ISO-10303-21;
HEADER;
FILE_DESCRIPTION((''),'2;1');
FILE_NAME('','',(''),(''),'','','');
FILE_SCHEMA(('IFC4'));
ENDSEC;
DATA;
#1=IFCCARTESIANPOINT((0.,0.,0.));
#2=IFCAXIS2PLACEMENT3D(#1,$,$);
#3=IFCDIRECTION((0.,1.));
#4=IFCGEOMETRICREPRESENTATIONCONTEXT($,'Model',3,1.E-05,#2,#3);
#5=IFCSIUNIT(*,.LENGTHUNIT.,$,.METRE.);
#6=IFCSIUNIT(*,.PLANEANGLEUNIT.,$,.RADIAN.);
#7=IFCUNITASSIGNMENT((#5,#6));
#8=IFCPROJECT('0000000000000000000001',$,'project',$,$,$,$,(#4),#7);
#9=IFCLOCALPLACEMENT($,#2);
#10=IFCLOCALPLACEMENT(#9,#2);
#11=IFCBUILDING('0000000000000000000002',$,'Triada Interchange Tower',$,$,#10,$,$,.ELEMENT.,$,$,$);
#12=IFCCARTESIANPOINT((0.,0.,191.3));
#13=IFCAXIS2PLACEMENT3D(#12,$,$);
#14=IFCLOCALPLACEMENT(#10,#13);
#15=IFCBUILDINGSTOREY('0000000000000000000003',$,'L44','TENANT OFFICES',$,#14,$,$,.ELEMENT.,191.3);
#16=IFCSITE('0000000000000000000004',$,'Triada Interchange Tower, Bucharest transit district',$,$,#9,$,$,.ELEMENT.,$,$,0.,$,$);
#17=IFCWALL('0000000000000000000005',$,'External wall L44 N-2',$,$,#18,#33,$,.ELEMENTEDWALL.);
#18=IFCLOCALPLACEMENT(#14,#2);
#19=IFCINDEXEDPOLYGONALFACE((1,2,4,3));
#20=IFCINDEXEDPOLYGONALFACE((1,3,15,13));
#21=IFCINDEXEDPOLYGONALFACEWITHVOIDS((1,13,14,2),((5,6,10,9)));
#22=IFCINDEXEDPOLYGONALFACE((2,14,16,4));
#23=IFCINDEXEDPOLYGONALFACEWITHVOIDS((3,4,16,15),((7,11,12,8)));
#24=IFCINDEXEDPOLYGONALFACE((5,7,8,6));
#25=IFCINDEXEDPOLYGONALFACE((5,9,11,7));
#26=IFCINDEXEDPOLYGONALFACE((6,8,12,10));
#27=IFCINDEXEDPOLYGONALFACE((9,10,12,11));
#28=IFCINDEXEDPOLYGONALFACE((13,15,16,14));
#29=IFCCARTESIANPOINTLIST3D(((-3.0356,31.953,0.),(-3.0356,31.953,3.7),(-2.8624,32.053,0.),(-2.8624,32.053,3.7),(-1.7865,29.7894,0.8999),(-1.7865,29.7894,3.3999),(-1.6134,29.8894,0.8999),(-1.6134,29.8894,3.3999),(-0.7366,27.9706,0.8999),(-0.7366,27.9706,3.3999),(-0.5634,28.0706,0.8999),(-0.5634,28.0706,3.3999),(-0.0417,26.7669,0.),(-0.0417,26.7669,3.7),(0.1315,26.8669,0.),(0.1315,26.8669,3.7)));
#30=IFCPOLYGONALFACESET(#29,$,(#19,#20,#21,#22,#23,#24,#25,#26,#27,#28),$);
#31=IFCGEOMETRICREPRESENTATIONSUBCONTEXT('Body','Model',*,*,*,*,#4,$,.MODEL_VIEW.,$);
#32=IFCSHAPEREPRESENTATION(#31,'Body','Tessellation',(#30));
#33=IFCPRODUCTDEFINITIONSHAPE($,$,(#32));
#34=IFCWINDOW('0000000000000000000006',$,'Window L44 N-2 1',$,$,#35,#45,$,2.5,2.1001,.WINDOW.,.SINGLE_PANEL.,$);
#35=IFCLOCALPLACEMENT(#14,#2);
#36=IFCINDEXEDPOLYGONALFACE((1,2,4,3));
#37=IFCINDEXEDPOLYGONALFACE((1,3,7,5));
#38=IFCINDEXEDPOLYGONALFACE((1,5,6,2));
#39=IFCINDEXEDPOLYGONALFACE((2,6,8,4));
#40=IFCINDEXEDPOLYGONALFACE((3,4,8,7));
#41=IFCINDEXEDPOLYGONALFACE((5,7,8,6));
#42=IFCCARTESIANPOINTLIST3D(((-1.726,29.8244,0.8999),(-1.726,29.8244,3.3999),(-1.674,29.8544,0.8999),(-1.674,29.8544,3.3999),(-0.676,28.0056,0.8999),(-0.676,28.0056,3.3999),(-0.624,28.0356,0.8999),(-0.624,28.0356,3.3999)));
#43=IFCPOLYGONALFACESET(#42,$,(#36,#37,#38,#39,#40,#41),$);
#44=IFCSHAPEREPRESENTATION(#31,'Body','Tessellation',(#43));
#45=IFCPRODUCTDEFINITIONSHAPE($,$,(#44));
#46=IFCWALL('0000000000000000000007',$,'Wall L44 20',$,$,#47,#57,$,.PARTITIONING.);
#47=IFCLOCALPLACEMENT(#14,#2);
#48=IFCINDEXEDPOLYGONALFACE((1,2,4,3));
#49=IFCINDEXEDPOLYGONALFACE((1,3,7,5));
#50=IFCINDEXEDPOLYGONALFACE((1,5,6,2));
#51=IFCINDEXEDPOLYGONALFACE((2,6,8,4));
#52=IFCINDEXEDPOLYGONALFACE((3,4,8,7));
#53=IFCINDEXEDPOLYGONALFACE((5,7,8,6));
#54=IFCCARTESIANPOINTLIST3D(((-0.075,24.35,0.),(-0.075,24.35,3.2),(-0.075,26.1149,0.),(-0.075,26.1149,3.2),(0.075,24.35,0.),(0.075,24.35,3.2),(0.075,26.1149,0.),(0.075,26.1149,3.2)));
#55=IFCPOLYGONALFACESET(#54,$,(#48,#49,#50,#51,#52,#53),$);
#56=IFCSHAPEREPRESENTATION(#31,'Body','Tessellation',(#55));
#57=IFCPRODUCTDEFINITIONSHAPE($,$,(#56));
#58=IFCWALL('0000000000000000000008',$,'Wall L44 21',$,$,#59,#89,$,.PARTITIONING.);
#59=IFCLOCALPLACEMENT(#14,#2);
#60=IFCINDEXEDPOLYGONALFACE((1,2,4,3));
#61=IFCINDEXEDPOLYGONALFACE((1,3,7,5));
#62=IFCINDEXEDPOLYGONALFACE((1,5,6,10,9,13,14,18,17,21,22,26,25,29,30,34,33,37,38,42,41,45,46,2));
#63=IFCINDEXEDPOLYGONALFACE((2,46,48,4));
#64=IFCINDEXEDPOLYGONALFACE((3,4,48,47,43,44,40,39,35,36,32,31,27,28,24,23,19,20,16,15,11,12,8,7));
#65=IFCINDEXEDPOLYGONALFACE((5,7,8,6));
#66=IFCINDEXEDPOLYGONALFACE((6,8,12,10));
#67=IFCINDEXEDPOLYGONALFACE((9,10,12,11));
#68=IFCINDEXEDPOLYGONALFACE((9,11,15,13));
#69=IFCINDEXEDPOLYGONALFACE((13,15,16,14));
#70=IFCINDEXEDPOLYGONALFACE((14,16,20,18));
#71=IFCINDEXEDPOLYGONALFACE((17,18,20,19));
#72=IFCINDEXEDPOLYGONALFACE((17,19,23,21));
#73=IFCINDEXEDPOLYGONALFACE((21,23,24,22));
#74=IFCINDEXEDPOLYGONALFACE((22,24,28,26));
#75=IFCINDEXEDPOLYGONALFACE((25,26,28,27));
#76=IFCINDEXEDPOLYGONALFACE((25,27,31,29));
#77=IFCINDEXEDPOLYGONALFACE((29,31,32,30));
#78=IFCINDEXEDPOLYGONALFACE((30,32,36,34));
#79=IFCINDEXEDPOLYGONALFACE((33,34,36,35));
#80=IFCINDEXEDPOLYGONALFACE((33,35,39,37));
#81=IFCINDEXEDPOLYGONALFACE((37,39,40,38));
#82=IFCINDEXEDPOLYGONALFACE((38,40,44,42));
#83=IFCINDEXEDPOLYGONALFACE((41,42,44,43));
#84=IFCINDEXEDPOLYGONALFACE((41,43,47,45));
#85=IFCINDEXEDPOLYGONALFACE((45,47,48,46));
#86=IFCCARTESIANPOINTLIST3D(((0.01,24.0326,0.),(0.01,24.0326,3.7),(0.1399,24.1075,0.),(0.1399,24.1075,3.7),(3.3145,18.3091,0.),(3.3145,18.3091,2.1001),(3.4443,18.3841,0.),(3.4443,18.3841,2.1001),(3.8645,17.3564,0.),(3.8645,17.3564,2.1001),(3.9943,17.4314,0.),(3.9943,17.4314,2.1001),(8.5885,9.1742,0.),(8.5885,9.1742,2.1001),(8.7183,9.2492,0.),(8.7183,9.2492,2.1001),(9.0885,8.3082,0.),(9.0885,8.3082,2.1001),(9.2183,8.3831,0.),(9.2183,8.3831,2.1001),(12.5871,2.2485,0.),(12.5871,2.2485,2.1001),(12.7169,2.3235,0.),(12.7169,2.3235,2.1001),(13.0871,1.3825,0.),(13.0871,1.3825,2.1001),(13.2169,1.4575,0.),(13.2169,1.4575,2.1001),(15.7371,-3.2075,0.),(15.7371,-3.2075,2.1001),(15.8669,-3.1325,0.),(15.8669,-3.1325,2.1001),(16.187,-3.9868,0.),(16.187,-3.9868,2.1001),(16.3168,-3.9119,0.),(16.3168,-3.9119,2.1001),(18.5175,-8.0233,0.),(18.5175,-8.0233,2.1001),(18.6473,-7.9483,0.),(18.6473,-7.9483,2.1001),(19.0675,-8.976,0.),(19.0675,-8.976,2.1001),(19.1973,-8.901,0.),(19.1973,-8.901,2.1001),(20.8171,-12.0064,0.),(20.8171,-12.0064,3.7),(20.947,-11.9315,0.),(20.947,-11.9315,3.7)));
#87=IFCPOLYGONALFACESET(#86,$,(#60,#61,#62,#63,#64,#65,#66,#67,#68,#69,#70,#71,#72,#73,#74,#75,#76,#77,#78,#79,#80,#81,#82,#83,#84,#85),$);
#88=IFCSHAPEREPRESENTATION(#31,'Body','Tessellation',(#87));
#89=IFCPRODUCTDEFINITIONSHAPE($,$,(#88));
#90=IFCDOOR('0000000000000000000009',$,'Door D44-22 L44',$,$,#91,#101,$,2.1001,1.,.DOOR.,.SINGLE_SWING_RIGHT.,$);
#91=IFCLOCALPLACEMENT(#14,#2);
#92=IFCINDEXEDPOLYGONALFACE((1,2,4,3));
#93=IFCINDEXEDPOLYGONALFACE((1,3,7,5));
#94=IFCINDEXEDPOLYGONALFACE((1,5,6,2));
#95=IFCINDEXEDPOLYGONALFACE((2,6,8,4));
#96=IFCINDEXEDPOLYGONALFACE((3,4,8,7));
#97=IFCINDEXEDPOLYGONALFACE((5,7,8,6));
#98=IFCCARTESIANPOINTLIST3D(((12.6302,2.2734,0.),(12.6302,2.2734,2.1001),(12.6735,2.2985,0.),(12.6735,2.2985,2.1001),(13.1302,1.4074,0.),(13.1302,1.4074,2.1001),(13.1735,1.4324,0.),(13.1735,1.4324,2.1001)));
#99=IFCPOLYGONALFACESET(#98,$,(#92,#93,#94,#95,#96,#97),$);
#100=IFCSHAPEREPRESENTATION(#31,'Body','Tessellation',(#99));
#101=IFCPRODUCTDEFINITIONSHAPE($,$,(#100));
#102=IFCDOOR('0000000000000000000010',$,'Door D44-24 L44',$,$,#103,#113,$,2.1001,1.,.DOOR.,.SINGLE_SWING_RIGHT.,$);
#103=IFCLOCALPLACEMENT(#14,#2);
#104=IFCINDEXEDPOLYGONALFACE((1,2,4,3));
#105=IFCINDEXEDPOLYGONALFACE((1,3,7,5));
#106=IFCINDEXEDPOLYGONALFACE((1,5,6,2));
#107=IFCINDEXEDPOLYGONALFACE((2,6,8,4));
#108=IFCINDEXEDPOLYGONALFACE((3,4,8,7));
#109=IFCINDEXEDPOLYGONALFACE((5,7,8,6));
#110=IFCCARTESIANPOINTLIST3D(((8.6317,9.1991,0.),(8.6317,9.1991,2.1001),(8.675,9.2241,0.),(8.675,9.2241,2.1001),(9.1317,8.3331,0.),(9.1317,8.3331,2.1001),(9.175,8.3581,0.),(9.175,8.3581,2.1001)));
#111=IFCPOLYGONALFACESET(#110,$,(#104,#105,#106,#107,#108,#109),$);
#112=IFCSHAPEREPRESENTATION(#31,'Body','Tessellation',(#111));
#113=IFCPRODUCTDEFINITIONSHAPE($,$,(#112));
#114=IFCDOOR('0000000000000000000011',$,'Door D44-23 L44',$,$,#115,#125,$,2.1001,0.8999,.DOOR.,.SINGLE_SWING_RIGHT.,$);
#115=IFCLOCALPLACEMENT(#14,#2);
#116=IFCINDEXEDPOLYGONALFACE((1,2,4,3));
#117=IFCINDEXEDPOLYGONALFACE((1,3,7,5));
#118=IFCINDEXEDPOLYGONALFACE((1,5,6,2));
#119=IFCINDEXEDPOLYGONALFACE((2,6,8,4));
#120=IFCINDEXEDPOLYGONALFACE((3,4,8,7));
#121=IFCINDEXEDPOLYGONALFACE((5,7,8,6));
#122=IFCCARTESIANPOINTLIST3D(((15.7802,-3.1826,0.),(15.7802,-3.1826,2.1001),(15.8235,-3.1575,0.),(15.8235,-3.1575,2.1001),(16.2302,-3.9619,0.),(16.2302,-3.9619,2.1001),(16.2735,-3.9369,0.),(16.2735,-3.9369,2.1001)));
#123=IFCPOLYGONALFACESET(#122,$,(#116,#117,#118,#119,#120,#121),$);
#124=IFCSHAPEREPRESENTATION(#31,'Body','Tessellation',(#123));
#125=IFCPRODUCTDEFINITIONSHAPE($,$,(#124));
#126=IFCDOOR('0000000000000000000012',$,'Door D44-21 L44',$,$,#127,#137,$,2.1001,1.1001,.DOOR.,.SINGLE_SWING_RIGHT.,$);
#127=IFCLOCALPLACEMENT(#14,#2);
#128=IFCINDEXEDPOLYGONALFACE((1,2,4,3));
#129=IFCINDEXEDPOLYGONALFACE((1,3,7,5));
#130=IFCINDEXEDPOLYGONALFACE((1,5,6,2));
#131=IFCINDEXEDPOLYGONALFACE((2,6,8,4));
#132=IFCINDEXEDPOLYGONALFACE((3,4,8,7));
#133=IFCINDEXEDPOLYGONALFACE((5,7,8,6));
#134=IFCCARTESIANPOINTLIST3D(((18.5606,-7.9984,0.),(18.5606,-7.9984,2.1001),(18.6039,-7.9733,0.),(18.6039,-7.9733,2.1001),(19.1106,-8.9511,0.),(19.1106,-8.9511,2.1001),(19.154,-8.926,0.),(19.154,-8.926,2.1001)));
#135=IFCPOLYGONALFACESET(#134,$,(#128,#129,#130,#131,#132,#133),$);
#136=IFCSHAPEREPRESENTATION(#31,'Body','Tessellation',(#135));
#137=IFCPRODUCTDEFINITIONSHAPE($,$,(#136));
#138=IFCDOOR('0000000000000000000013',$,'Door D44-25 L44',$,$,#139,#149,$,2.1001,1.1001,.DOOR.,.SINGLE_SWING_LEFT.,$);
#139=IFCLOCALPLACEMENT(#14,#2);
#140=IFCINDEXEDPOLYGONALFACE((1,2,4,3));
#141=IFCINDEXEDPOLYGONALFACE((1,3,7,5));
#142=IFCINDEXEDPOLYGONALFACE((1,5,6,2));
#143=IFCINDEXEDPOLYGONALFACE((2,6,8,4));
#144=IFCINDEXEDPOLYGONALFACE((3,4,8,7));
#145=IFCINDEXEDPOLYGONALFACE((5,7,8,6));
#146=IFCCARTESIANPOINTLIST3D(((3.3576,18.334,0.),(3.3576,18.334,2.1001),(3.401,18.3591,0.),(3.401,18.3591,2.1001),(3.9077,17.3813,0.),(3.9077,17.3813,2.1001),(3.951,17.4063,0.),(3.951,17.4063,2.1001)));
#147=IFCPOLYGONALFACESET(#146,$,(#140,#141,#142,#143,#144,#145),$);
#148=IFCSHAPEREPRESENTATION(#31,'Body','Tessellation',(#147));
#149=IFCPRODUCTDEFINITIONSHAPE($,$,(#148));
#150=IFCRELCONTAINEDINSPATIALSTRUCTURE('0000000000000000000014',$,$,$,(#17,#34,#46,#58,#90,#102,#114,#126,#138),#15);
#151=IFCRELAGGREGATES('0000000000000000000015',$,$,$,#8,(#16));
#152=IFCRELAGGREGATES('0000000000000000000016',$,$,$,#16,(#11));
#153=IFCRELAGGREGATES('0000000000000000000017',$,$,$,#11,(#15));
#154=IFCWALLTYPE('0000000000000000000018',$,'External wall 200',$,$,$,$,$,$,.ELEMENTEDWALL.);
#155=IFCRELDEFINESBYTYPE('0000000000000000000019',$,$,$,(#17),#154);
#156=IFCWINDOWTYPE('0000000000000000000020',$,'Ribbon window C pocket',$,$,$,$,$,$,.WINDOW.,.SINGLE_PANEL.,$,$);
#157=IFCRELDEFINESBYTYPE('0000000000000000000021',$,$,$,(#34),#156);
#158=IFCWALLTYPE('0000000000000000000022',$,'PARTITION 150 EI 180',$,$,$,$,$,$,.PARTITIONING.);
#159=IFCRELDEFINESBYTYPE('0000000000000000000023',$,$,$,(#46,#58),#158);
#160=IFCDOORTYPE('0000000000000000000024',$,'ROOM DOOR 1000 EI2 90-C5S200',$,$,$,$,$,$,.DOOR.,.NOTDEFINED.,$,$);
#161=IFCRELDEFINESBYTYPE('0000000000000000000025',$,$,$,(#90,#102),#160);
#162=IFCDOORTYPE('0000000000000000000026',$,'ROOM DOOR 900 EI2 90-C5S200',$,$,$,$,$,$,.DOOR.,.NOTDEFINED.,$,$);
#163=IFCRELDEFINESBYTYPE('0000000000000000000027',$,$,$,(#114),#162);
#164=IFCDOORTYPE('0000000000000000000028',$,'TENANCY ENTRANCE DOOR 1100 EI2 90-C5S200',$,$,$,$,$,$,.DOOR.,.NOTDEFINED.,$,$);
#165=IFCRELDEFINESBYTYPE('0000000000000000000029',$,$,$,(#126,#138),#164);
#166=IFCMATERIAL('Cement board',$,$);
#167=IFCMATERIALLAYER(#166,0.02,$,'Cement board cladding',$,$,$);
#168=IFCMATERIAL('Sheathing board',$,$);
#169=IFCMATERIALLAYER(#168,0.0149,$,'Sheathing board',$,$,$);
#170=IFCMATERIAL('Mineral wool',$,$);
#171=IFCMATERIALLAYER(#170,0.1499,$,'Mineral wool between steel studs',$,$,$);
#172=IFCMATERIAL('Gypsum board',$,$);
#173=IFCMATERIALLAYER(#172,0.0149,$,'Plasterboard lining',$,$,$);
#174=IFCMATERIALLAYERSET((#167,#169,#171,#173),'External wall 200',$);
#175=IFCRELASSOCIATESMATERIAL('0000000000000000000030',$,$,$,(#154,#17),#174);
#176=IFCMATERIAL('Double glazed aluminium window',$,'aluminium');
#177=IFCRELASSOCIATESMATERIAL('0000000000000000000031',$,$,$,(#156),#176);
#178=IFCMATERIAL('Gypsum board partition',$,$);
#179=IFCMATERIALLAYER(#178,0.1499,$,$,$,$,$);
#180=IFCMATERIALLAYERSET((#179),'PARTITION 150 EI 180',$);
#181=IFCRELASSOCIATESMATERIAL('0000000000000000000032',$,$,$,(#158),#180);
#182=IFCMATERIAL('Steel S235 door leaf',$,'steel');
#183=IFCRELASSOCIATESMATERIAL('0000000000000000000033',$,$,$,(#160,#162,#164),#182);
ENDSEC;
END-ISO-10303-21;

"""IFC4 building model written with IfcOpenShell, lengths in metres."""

from ifc_helpers import new_model, si_unit, direction, frame, frame_2d, origin, place, context, subcontext, project, spatial, rectangle, extrude, material, layer, layer_set, layer_usage, type_object, element, fill, save


model = new_model("IFC4")

# Units and contexts
model_context = context("Model", 3, precision=1e-05, world=origin(), true_north=direction((0.0, 1.0)))
body_context = subcontext(model_context, "Body", "Model", "MODEL_VIEW")
ifc_project = project(units=[si_unit("LENGTHUNIT", "METRE"), si_unit("PLANEANGLEUNIT", "RADIAN")], contexts=[model_context])

# Site, building, storey
site_placement = place(None, origin())
site = spatial("IfcSite", under=ifc_project, at=site_placement, Name="Triada Interchange Tower, Bucharest transit district", CompositionType="ELEMENT", RefElevation=0.0)
building_placement = place(site_placement, origin())
building = spatial("IfcBuilding", under=site, at=building_placement, Name="Triada Interchange Tower", CompositionType="ELEMENT")
storey_placement = place(building_placement, frame((0.0, 0.0, 191.3)))
storey = spatial("IfcBuildingStorey", under=building, at=storey_placement, Name="L44", Description="TENANT OFFICES", CompositionType="ELEMENT", Elevation=191.3)

# Wall, opening, window
ifc_material_1 = material(Name="Cement board")
ifc_layer_1 = layer(ifc_material_1, 0.02, Name="Cement board cladding")
ifc_material_2 = material(Name="Sheathing board")
ifc_layer_2 = layer(ifc_material_2, 0.0149, Name="Sheathing board")
ifc_material_3 = material(Name="Mineral wool")
ifc_layer_3 = layer(ifc_material_3, 0.1499, Name="Mineral wool between steel studs")
ifc_material_4 = material(Name="Gypsum board")
ifc_layer_4 = layer(ifc_material_4, 0.0149, Name="Plasterboard lining")
ifc_layer_set_1 = layer_set([ifc_layer_1, ifc_layer_2, ifc_layer_3, ifc_layer_4], Name="External wall 200")
ifc_layer_usage = layer_usage(ifc_layer_set_1, "AXIS2", "POSITIVE", -0.1001)
wall_type_1 = type_object("IfcWallType", Name="External wall 200", PredefinedType="ELEMENTEDWALL", material=ifc_layer_set_1)
ifc_material_5 = material(Name="Double glazed aluminium window", Category="aluminium")
window_type = type_object("IfcWindowType", Name="Ribbon window C pocket", PartitioningType="SINGLE_PANEL", PredefinedType="WINDOW", material=ifc_material_5)
wall_1_placement = place(storey_placement, frame((0.0449, 26.8169, 0.0), z_axis=(0.0, 0.0, 1.0), x_axis=(-0.499967, 0.866044, 0.0)))
wall_1 = element("IfcWall", 1, at=wall_1_placement, inside=storey, type_object=wall_type_1, material=ifc_layer_usage, Name="External wall L44 N-2", PredefinedType="ELEMENTEDWALL", context=body_context, shape_type="SweptSolid", body=[
    extrude(rectangle(XDim=5.9883, YDim=0.2, at=frame_2d((2.9941, 0.0))), origin(), (0.0, 0.0, 1.0), 3.7),
])
opening_1_placement = place(wall_1_placement, frame((1.3899, 0.0, 0.8999)))
opening_1 = element("IfcOpeningElement", 2, at=opening_1_placement, cuts=wall_1, PredefinedType="OPENING", context=body_context, shape_type="SweptSolid", body=[
    extrude(rectangle(XDim=2.1001, YDim=2.5, at=frame_2d((1.05, 1.25))), frame((0.0, 0.1099, 0.0), z_axis=(0.0, -1.0, 0.0), x_axis=(1.0, 0.0, 0.0)), (0.0, 0.0, 1.0), 0.22),
])
window_1_placement = place(opening_1_placement, origin())
window_1 = element("IfcWindow", 3, at=window_1_placement, inside=storey, type_object=window_type, Name="Window L44 N-2 1", OverallHeight=2.5, OverallWidth=2.1001, PartitioningType="SINGLE_PANEL", PredefinedType="WINDOW", context=body_context, shape_type="SweptSolid", body=[
    extrude(rectangle(XDim=2.1001, YDim=2.5, at=frame_2d((1.05, 1.25))), frame((0.0, 0.03, 0.0), z_axis=(0.0, -1.0, 0.0), x_axis=(1.0, 0.0, 0.0)), (0.0, 0.0, 1.0), 0.0601),
])
fill(opening_1, window_1)

# Wall
ifc_material_6 = material(Name="Gypsum board partition")
ifc_layer_5 = layer(ifc_material_6, 0.1499)
ifc_layer_set_2 = layer_set([ifc_layer_5], Name="PARTITION 150 EI 180")
wall_type_2 = type_object("IfcWallType", Name="PARTITION 150 EI 180", PredefinedType="PARTITIONING", material=ifc_layer_set_2)
wall_2_placement = place(storey_placement, frame((0.0, 24.3501, 0.0), z_axis=(0.0, 0.0, 1.0), x_axis=(0.0, 1.0, 0.0)))
element("IfcWall", 4, at=wall_2_placement, inside=storey, type_object=wall_type_2, Name="Wall L44 20", PredefinedType="PARTITIONING", context=body_context, shape_type="SweptSolid", body=[
    extrude(rectangle(XDim=1.7649, YDim=0.1499, at=frame_2d((0.8823, 0.0))), origin(), (0.0, 0.0, 1.0), 3.2),
])

# Wall, openings, doors
wall_3_placement = place(storey_placement, frame((0.075, 24.0701, 0.0), z_axis=(0.0, 0.0, 1.0), x_axis=(0.499999, -0.866026, 0.0)))
wall_3 = element("IfcWall", 5, at=wall_3_placement, inside=storey, type_object=wall_type_2, Name="Wall L44 21", PredefinedType="PARTITIONING", context=body_context, shape_type="SweptSolid", body=[
    extrude(rectangle(XDim=41.6143, YDim=0.1499, at=frame_2d((20.8071, 0.0))), origin(), (0.0, 0.0, 1.0), 3.7),
])
opening_2_placement = place(wall_3_placement, frame((37.0149, 0.0, 0.0)))
opening_2 = element("IfcOpeningElement", 6, at=opening_2_placement, cuts=wall_3, PredefinedType="OPENING", context=body_context, shape_type="SweptSolid", body=[
    extrude(rectangle(XDim=1.1001, YDim=2.1001, at=frame_2d((0.55, 1.05))), frame((0.0, 0.085, 0.0), z_axis=(0.0, -1.0, 0.0), x_axis=(1.0, 0.0, 0.0)), (0.0, 0.0, 1.0), 0.1699),
])
opening_3_placement = place(wall_3_placement, frame((25.1541, 0.0, 0.0)))
opening_3 = element("IfcOpeningElement", 7, at=opening_3_placement, cuts=wall_3, PredefinedType="OPENING", context=body_context, shape_type="SweptSolid", body=[
    extrude(rectangle(XDim=1.0, YDim=2.1001, at=frame_2d((0.5, 1.05))), frame((0.0, 0.085, 0.0), z_axis=(0.0, -1.0, 0.0), x_axis=(1.0, 0.0, 0.0)), (0.0, 0.0, 1.0), 0.1699),
])
opening_4_placement = place(wall_3_placement, frame((31.4541, 0.0, 0.0)))
opening_4 = element("IfcOpeningElement", 8, at=opening_4_placement, cuts=wall_3, PredefinedType="OPENING", context=body_context, shape_type="SweptSolid", body=[
    extrude(rectangle(XDim=0.8999, YDim=2.1001, at=frame_2d((0.45, 1.05))), frame((0.0, 0.085, 0.0), z_axis=(0.0, -1.0, 0.0), x_axis=(1.0, 0.0, 0.0)), (0.0, 0.0, 1.0), 0.1699),
])
opening_5_placement = place(wall_3_placement, frame((17.157, 0.0, 0.0)))
opening_5 = element("IfcOpeningElement", 9, at=opening_5_placement, cuts=wall_3, PredefinedType="OPENING", context=body_context, shape_type="SweptSolid", body=[
    extrude(rectangle(XDim=1.0, YDim=2.1001, at=frame_2d((0.5, 1.05))), frame((0.0, 0.085, 0.0), z_axis=(0.0, -1.0, 0.0), x_axis=(1.0, 0.0, 0.0)), (0.0, 0.0, 1.0), 0.1699),
])
opening_6_placement = place(wall_3_placement, frame((6.6089, 0.0, 0.0)))
opening_6 = element("IfcOpeningElement", 10, at=opening_6_placement, cuts=wall_3, PredefinedType="OPENING", context=body_context, shape_type="SweptSolid", body=[
    extrude(rectangle(XDim=1.1001, YDim=2.1001, at=frame_2d((0.55, 1.05))), frame((0.0, 0.085, 0.0), z_axis=(0.0, -1.0, 0.0), x_axis=(1.0, 0.0, 0.0)), (0.0, 0.0, 1.0), 0.1699),
])
ifc_material_7 = material(Name="Steel S235 door leaf", Category="steel")
door_type_1 = type_object("IfcDoorType", Name="ROOM DOOR 1000 EI2 90-C5S200", OperationType="NOTDEFINED", PredefinedType="DOOR", material=ifc_material_7)
door_1_placement = place(opening_3_placement, origin())
door_1 = element("IfcDoor", 11, at=door_1_placement, inside=storey, type_object=door_type_1, Name="Door D44-22 L44", OperationType="SINGLE_SWING_RIGHT", OverallHeight=2.1001, OverallWidth=1.0, PredefinedType="DOOR", context=body_context, shape_type="SweptSolid", body=[
    extrude(rectangle(XDim=1.0, YDim=2.1001, at=frame_2d((0.5, 1.05))), frame((0.0, 0.0249, 0.0), z_axis=(0.0, -1.0, 0.0), x_axis=(1.0, 0.0, 0.0)), (0.0, 0.0, 1.0), 0.05),
])
fill(opening_3, door_1)
door_2_placement = place(opening_5_placement, origin())
door_2 = element("IfcDoor", 12, at=door_2_placement, inside=storey, type_object=door_type_1, Name="Door D44-24 L44", OperationType="SINGLE_SWING_RIGHT", OverallHeight=2.1001, OverallWidth=1.0, PredefinedType="DOOR", context=body_context, shape_type="SweptSolid", body=[
    extrude(rectangle(XDim=1.0, YDim=2.1001, at=frame_2d((0.5, 1.05))), frame((0.0, 0.0249, 0.0), z_axis=(0.0, -1.0, 0.0), x_axis=(1.0, 0.0, 0.0)), (0.0, 0.0, 1.0), 0.05),
])
fill(opening_5, door_2)
door_type_2 = type_object("IfcDoorType", Name="ROOM DOOR 900 EI2 90-C5S200", OperationType="NOTDEFINED", PredefinedType="DOOR", material=ifc_material_7)
door_3_placement = place(opening_4_placement, origin())
door_3 = element("IfcDoor", 13, at=door_3_placement, inside=storey, type_object=door_type_2, Name="Door D44-23 L44", OperationType="SINGLE_SWING_RIGHT", OverallHeight=2.1001, OverallWidth=0.8999, PredefinedType="DOOR", context=body_context, shape_type="SweptSolid", body=[
    extrude(rectangle(XDim=0.8999, YDim=2.1001, at=frame_2d((0.45, 1.05))), frame((0.0, 0.0249, 0.0), z_axis=(0.0, -1.0, 0.0), x_axis=(1.0, 0.0, 0.0)), (0.0, 0.0, 1.0), 0.05),
])
fill(opening_4, door_3)
door_type_3 = type_object("IfcDoorType", Name="TENANCY ENTRANCE DOOR 1100 EI2 90-C5S200", OperationType="NOTDEFINED", PredefinedType="DOOR", material=ifc_material_7)
door_4_placement = place(opening_2_placement, origin())
door_4 = element("IfcDoor", 14, at=door_4_placement, inside=storey, type_object=door_type_3, Name="Door D44-21 L44", OperationType="SINGLE_SWING_RIGHT", OverallHeight=2.1001, OverallWidth=1.1001, PredefinedType="DOOR", context=body_context, shape_type="SweptSolid", body=[
    extrude(rectangle(XDim=1.1001, YDim=2.1001, at=frame_2d((0.55, 1.05))), frame((0.0, 0.0249, 0.0), z_axis=(0.0, -1.0, 0.0), x_axis=(1.0, 0.0, 0.0)), (0.0, 0.0, 1.0), 0.05),
])
fill(opening_2, door_4)
door_5_placement = place(opening_6_placement, origin())
door_5 = element("IfcDoor", 15, at=door_5_placement, inside=storey, type_object=door_type_3, Name="Door D44-25 L44", OperationType="SINGLE_SWING_LEFT", OverallHeight=2.1001, OverallWidth=1.1001, PredefinedType="DOOR", context=body_context, shape_type="SweptSolid", body=[
    extrude(rectangle(XDim=1.1001, YDim=2.1001, at=frame_2d((0.55, 1.05))), frame((0.0, 0.0249, 0.0), z_axis=(0.0, -1.0, 0.0), x_axis=(1.0, 0.0, 0.0)), (0.0, 0.0, 1.0), 0.05),
])
fill(opening_6, door_5)

save(model, "model.ifc")
